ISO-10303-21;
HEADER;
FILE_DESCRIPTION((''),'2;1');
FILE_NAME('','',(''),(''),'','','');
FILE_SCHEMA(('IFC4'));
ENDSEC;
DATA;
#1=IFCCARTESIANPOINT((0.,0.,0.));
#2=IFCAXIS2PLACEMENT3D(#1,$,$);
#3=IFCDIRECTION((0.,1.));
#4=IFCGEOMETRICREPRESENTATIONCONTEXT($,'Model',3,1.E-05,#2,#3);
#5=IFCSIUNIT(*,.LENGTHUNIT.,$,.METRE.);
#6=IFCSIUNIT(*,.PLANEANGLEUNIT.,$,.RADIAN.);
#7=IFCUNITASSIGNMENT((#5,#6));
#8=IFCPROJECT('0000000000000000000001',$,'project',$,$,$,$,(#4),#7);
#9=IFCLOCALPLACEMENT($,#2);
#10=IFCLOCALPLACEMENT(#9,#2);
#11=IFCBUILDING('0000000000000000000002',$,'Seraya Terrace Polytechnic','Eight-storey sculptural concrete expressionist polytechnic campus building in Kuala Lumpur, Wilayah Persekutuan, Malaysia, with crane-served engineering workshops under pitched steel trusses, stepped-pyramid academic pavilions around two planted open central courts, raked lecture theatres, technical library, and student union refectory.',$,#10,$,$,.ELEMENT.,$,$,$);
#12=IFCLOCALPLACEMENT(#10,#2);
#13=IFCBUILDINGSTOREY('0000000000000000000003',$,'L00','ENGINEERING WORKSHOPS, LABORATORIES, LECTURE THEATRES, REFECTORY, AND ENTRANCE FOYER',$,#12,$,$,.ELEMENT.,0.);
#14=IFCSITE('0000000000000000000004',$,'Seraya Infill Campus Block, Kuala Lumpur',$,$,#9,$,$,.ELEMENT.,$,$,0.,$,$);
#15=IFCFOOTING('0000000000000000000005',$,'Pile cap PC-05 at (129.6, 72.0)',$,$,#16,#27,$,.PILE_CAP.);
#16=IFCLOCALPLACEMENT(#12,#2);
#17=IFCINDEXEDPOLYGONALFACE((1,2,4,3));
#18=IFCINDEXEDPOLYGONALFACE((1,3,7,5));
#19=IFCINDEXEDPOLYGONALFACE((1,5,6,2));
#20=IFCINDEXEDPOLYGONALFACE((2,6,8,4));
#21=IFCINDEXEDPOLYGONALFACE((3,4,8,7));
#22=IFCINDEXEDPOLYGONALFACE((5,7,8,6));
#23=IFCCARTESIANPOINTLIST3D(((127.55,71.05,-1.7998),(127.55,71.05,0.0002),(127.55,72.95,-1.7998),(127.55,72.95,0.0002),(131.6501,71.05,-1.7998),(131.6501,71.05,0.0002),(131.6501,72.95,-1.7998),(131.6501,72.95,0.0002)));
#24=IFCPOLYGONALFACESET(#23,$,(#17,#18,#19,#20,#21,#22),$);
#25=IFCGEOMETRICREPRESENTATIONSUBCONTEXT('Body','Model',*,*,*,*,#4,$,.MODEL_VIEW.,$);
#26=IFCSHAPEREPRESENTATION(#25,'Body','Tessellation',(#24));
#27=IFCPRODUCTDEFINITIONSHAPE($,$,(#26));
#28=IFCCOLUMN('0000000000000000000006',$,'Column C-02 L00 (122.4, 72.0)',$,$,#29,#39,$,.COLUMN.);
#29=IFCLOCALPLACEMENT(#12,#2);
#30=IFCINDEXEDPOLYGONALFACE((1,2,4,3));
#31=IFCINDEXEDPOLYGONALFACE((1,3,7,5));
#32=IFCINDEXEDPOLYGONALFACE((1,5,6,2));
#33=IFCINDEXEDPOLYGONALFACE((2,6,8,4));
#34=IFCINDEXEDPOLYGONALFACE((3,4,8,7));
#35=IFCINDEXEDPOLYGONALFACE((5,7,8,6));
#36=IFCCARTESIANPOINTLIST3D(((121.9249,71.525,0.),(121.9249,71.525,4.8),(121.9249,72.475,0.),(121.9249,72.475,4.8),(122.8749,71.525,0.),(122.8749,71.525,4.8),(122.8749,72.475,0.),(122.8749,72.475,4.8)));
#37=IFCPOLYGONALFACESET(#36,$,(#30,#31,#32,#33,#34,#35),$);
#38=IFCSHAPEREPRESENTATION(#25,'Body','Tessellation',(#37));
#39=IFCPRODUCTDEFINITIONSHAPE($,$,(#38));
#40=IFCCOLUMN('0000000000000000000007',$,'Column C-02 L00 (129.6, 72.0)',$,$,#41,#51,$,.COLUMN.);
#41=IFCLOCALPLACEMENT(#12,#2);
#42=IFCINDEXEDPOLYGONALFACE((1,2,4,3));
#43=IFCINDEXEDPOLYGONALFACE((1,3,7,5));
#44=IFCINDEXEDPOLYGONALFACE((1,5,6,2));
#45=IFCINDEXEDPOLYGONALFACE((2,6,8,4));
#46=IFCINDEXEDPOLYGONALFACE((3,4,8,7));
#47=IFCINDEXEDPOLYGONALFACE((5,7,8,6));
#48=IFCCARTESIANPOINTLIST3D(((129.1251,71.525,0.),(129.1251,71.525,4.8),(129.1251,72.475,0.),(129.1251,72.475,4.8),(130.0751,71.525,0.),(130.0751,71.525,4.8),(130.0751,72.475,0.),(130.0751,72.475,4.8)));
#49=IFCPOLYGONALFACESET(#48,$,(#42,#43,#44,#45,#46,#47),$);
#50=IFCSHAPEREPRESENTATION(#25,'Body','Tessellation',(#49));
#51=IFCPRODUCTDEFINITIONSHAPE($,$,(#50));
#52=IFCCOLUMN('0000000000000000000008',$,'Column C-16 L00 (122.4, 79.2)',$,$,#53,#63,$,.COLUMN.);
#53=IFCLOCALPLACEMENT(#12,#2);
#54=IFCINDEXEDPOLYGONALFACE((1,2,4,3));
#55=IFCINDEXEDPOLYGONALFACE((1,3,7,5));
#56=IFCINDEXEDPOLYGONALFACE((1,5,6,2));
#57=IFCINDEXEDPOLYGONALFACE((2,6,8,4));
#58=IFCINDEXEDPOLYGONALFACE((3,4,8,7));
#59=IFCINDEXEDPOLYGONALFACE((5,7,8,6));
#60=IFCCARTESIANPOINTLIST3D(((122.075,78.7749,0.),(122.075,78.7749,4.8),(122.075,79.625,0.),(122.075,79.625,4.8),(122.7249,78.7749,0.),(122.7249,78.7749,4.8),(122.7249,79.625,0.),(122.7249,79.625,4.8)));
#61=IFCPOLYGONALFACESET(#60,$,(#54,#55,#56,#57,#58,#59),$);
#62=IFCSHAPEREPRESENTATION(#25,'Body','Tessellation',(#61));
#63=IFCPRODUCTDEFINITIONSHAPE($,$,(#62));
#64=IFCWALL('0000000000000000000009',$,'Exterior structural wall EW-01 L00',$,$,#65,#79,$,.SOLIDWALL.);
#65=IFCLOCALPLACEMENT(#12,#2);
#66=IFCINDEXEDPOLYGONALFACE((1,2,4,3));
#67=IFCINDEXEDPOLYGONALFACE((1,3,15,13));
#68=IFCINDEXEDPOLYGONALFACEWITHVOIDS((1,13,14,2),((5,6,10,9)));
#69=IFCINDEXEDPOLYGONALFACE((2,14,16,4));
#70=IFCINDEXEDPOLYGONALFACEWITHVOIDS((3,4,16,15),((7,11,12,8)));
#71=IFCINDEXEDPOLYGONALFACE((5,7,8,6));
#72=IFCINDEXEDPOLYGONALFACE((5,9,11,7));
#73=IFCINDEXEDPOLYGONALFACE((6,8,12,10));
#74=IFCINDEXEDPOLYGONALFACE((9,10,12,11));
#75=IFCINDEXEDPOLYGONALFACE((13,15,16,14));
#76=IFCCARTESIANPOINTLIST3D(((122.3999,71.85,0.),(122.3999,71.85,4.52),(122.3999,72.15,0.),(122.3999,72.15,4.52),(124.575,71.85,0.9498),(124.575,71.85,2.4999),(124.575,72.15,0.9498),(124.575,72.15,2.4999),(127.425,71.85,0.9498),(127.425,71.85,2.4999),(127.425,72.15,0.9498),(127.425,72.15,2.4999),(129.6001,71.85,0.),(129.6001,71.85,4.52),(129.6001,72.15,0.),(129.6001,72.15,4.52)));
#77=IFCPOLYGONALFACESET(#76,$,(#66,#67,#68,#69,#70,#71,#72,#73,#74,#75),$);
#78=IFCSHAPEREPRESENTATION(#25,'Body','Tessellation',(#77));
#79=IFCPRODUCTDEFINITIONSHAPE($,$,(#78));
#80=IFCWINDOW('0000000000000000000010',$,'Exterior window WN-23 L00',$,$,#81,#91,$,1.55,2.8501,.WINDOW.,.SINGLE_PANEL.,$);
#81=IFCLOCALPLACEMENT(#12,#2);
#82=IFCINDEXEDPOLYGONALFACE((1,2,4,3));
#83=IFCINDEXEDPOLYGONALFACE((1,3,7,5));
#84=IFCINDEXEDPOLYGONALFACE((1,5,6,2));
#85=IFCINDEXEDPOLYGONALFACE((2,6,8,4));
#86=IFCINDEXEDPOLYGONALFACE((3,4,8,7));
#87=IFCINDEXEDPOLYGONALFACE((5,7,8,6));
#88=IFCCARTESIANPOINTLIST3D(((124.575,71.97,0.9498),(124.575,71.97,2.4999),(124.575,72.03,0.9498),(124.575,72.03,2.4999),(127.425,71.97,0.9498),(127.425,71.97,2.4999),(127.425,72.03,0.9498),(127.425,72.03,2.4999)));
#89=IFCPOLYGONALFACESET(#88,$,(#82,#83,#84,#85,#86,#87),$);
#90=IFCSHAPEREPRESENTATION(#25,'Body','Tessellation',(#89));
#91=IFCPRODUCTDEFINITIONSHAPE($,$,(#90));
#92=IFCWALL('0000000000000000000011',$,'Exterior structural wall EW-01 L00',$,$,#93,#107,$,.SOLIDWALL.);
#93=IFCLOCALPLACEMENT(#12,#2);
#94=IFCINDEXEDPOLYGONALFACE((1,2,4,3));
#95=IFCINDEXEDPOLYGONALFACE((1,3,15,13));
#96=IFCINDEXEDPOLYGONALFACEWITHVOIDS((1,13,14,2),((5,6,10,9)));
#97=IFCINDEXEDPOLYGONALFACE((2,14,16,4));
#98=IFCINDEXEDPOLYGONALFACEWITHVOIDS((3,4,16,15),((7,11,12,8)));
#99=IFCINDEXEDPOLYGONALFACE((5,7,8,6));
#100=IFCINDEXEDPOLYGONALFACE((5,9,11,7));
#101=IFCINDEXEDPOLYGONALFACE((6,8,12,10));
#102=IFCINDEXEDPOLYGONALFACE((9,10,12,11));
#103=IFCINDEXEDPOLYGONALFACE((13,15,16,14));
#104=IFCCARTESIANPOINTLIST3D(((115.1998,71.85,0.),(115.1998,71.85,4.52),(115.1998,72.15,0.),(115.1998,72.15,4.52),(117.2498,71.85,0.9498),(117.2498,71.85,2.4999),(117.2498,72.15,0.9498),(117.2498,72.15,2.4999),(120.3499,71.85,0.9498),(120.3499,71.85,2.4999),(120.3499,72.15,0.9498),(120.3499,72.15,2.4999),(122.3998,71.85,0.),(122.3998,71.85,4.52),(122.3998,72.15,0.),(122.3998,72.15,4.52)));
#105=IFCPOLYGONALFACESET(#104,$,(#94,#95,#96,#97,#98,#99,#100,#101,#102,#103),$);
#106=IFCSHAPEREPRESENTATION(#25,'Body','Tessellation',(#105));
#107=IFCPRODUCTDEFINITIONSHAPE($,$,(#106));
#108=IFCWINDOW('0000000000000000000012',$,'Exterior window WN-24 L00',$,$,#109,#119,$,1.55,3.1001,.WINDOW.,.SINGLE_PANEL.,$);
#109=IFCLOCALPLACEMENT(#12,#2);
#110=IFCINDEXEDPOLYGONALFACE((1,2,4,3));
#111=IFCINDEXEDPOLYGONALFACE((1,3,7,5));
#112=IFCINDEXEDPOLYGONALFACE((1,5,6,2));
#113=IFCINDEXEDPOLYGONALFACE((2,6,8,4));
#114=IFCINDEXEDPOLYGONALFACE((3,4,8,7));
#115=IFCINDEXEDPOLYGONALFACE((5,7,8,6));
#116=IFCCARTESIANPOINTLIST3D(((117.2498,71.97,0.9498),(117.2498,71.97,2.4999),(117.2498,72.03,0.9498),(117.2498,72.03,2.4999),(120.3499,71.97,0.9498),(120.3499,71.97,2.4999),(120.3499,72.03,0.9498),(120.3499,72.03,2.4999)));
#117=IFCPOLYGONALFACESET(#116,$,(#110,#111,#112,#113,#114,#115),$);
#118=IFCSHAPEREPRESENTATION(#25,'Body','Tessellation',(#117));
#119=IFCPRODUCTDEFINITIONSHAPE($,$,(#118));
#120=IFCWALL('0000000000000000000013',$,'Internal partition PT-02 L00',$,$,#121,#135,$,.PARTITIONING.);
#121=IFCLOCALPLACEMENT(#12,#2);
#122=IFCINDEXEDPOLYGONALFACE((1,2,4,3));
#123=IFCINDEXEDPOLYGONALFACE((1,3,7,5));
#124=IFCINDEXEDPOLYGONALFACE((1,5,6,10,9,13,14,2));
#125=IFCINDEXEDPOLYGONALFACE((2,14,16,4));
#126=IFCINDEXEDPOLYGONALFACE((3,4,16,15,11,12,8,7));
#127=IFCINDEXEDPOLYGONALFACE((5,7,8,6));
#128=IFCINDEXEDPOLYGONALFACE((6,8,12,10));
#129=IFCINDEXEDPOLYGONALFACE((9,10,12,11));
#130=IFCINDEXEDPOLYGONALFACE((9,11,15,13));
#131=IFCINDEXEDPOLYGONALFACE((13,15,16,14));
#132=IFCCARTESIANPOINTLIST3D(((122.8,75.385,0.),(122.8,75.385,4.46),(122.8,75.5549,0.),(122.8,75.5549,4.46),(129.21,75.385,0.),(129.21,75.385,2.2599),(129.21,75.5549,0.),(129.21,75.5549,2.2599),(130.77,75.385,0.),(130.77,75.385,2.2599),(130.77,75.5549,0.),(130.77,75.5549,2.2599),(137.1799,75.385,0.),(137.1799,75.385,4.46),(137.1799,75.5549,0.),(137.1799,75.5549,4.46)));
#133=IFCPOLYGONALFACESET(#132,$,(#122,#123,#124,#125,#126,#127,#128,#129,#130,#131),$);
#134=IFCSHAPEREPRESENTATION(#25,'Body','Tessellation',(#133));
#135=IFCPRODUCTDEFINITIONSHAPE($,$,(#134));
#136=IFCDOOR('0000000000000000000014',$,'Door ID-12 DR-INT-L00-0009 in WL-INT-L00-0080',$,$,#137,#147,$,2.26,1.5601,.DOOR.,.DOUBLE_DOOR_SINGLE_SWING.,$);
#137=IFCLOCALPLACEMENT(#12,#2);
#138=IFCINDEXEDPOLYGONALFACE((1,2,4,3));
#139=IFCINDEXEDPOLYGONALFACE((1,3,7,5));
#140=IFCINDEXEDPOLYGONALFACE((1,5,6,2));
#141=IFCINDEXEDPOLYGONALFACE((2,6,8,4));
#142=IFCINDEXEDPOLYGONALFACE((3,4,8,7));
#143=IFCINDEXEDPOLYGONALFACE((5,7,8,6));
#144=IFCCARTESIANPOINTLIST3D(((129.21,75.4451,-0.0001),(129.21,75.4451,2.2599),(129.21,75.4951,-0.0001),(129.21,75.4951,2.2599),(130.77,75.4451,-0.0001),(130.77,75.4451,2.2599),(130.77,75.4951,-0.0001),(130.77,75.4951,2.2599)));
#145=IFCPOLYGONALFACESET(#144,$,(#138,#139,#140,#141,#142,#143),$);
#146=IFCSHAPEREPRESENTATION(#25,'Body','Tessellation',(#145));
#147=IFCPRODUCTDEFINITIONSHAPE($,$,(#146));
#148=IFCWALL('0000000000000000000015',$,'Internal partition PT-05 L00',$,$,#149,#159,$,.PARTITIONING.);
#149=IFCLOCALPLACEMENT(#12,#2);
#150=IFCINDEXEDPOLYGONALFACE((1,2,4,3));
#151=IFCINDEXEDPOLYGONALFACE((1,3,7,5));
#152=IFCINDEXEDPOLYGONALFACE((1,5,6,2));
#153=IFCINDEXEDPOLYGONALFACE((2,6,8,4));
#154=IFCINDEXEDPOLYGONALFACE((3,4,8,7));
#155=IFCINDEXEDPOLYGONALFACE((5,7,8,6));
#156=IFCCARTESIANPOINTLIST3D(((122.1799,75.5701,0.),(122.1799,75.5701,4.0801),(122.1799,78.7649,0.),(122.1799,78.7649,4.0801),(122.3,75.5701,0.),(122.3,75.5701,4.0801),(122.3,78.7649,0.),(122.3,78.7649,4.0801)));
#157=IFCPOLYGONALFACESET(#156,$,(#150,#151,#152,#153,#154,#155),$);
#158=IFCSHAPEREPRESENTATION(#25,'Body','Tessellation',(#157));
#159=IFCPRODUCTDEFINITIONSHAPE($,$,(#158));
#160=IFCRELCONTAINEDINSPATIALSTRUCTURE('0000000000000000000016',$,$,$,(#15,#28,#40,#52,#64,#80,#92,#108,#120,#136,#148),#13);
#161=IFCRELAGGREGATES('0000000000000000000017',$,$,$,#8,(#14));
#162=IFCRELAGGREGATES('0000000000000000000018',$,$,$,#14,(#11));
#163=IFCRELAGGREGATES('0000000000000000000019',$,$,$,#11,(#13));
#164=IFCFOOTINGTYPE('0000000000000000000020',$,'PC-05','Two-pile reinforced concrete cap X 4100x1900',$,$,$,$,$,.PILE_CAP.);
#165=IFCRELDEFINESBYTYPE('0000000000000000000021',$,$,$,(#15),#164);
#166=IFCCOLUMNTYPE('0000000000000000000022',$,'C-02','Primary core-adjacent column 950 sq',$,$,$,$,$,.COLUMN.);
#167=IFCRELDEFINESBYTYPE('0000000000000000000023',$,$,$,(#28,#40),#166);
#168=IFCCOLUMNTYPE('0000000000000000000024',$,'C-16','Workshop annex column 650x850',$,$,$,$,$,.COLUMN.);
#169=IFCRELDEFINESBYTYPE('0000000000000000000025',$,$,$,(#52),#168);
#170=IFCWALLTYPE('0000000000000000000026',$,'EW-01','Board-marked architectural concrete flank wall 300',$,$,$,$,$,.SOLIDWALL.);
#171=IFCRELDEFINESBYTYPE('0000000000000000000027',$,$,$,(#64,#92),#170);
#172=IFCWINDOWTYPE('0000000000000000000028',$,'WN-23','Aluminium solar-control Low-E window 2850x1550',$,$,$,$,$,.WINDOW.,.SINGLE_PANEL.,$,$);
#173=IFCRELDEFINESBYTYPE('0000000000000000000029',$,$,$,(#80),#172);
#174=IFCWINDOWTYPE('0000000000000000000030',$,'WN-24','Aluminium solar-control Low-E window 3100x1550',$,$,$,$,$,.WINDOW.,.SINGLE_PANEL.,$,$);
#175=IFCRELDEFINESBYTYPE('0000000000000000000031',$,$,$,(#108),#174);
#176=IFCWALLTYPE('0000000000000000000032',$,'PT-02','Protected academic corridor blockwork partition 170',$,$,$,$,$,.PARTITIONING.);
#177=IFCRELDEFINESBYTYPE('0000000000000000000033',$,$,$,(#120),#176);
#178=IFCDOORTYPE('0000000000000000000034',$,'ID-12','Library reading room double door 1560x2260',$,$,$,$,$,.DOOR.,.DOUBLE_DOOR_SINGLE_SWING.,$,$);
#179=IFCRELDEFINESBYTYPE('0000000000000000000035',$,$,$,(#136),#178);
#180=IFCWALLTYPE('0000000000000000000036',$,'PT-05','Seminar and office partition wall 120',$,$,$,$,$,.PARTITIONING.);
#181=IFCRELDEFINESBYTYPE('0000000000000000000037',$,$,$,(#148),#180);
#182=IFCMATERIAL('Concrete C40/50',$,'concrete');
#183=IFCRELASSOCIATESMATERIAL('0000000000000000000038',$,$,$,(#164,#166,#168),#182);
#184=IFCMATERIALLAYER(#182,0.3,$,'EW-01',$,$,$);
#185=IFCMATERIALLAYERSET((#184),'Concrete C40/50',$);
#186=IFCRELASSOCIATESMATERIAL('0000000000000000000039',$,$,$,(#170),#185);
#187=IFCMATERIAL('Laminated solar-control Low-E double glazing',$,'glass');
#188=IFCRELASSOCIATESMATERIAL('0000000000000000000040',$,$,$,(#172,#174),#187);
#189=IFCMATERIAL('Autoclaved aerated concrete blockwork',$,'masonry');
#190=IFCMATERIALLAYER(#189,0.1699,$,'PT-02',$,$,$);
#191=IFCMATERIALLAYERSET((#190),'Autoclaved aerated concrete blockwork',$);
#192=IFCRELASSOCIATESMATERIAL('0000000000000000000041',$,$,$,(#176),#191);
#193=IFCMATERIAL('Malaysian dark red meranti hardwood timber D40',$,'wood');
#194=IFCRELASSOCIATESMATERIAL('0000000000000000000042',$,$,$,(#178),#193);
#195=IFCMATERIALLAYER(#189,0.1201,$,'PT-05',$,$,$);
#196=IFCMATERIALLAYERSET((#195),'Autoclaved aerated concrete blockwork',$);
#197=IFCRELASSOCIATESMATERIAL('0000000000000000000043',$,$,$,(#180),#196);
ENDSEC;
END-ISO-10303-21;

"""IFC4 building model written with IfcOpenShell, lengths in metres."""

from ifc_helpers import new_model, si_unit, direction, frame, frame_2d, origin, origin_2d, place, context, subcontext, project, spatial, rectangle, extrude, material, layer, layer_set, material_profile, profile_set, type_object, element, fill, save


model = new_model("IFC4")

# Units and contexts
model_context = context("Model", 3, precision=1e-05, world=origin(), true_north=direction((0.0, 1.0)))
body_context = subcontext(model_context, "Body", "Model", "MODEL_VIEW")
ifc_project = project(units=[si_unit("LENGTHUNIT", "METRE"), si_unit("PLANEANGLEUNIT", "RADIAN")], contexts=[model_context])

# Site, building, storey
site_placement = place(None, origin())
site = spatial("IfcSite", under=ifc_project, at=site_placement, Name="Seraya Infill Campus Block, Kuala Lumpur", CompositionType="ELEMENT", RefElevation=0.0)
building_placement = place(site_placement, origin())
building = spatial("IfcBuilding", under=site, at=building_placement, Name="Seraya Terrace Polytechnic", Description="Eight-storey sculptural concrete expressionist polytechnic campus building in Kuala Lumpur, Wilayah Persekutuan, Malaysia, with crane-served engineering workshops under pitched steel trusses, stepped-pyramid academic pavilions around two planted open central courts, raked lecture theatres, technical library, and student union refectory.", CompositionType="ELEMENT")
storey_placement = place(building_placement, origin())
storey = spatial("IfcBuildingStorey", under=building, at=storey_placement, Name="L00", Description="ENGINEERING WORKSHOPS, LABORATORIES, LECTURE THEATRES, REFECTORY, AND ENTRANCE FOYER", CompositionType="ELEMENT", Elevation=0.0)

# Shared definitions
ifc_material_1 = material(Name="Concrete C40/50", Category="concrete")

# Footing
footing_type_1 = type_object("IfcFootingType", Name="PC-05", Description="Two-pile reinforced concrete cap X 4100x1900", PredefinedType="PILE_CAP", material=ifc_material_1)
for number, where, z_axis, x_axis, name in (
    (1, (129.6001, 72.0, -1.7998), (0.0, 0.0, 1.0), (1.0, 0.0, 0.0), "Pile cap PC-05 at (129.6, 72.0)"),
):
    element("IfcFooting", number, at=place(storey_placement, frame(where, z_axis=z_axis, x_axis=x_axis)), inside=storey, type_object=footing_type_1, Name=name, PredefinedType="PILE_CAP", context=body_context, shape_type="SweptSolid", body=[
        extrude(rectangle(XDim=4.1001, YDim=1.8999, at=origin_2d()), origin(), (0.0, 0.0, 1.0), 1.8),
    ])

# Columns
ifc_material_profile_1 = material_profile(ifc_material_1, rectangle(XDim=0.95, YDim=0.95, at=origin_2d()), Name="RC 950x950")
ifc_profile_set_1 = profile_set([ifc_material_profile_1], Name="Concrete C40/50")
column_type_1 = type_object("IfcColumnType", Name="C-02", Description="Primary core-adjacent column 950 sq", PredefinedType="COLUMN", material=ifc_profile_set_1)
for number, where, z_axis, x_axis, name in (
    (2, (122.3999, 72.0, 0.0), (0.0, 0.0, 1.0), (1.0, 0.0, 0.0), "Column C-02 L00 (122.4, 72.0)"),
    (3, (129.6001, 72.0, 0.0), (0.0, 0.0, 1.0), (1.0, 0.0, 0.0), "Column C-02 L00 (129.6, 72.0)"),
):
    element("IfcColumn", number, at=place(storey_placement, frame(where, z_axis=z_axis, x_axis=x_axis)), inside=storey, type_object=column_type_1, Name=name, PredefinedType="COLUMN", context=body_context, shape_type="SweptSolid", body=[
        extrude(rectangle(XDim=0.95, YDim=0.95, at=origin_2d()), origin(), (0.0, 0.0, 1.0), 4.8),
    ])
ifc_material_profile_2 = material_profile(ifc_material_1, rectangle(XDim=0.6499, YDim=0.8501, at=origin_2d()), Name="RC 650x850")
ifc_profile_set_2 = profile_set([ifc_material_profile_2], Name="Concrete C40/50")
column_type_2 = type_object("IfcColumnType", Name="C-16", Description="Workshop annex column 650x850", PredefinedType="COLUMN", material=ifc_profile_set_2)
column_placement = place(storey_placement, frame((122.3999, 79.2, 0.0), z_axis=(0.0, 0.0, 1.0), x_axis=(1.0, 0.0, 0.0)))
element("IfcColumn", 4, at=column_placement, inside=storey, type_object=column_type_2, Name="Column C-16 L00 (122.4, 79.2)", PredefinedType="COLUMN", context=body_context, shape_type="SweptSolid", body=[
    extrude(rectangle(XDim=0.6499, YDim=0.8501, at=origin_2d()), origin(), (0.0, 0.0, 1.0), 4.8),
])

# Walls, openings, windows
ifc_layer_1 = layer(ifc_material_1, 0.3, Name="EW-01")
ifc_layer_set_1 = layer_set([ifc_layer_1], Name="Concrete C40/50")
wall_type_1 = type_object("IfcWallType", Name="EW-01", Description="Board-marked architectural concrete flank wall 300", PredefinedType="SOLIDWALL", material=ifc_layer_set_1)
wall_1_placement = place(storey_placement, frame((129.6001, 72.0, 0.0), z_axis=(0.0, 0.0, 1.0), x_axis=(-1.0, 0.0, 0.0)))
wall_1 = element("IfcWall", 5, at=wall_1_placement, inside=storey, type_object=wall_type_1, Name="Exterior structural wall EW-01 L00", PredefinedType="SOLIDWALL", context=body_context, shape_type="SweptSolid", body=[
    extrude(rectangle(XDim=7.2002, YDim=0.3, at=frame_2d((3.6001, 0.0))), origin(), (0.0, 0.0, 1.0), 4.52),
])
opening_1_placement = place(wall_1_placement, frame((2.175, 0.0, 0.95)))
opening_1 = element("IfcOpeningElement", 6, at=opening_1_placement, cuts=wall_1, PredefinedType="OPENING", context=body_context, shape_type="SweptSolid", body=[
    extrude(rectangle(XDim=2.8501, YDim=1.55, at=frame_2d((1.425, 0.7749))), frame((0.0, 0.1621, 0.0), z_axis=(0.0, -1.0, 0.0), x_axis=(1.0, 0.0, 0.0)), (0.0, 0.0, 1.0), 0.324),
])
ifc_material_2 = material(Name="Laminated solar-control Low-E double glazing", Category="glass")
window_type_1 = type_object("IfcWindowType", Name="WN-23", Description="Aluminium solar-control Low-E window 2850x1550", PartitioningType="SINGLE_PANEL", PredefinedType="WINDOW", material=ifc_material_2)
window_1_placement = place(opening_1_placement, origin())
window_1 = element("IfcWindow", 7, at=window_1_placement, inside=storey, type_object=window_type_1, Name="Exterior window WN-23 L00", OverallHeight=1.55, OverallWidth=2.8501, PartitioningType="SINGLE_PANEL", PredefinedType="WINDOW", context=body_context, shape_type="SweptSolid", body=[
    extrude(rectangle(XDim=2.8501, YDim=1.55, at=frame_2d((1.425, 0.7749))), frame((0.0, 0.03, 0.0), z_axis=(0.0, -1.0, 0.0), x_axis=(1.0, 0.0, 0.0)), (0.0, 0.0, 1.0), 0.0601),
])
fill(opening_1, window_1)
wall_2_placement = place(storey_placement, frame((122.3999, 72.0, 0.0), z_axis=(0.0, 0.0, 1.0), x_axis=(-1.0, 0.0, 0.0)))
wall_2 = element("IfcWall", 8, at=wall_2_placement, inside=storey, type_object=wall_type_1, Name="Exterior structural wall EW-01 L00", PredefinedType="SOLIDWALL", context=body_context, shape_type="SweptSolid", body=[
    extrude(rectangle(XDim=7.2, YDim=0.3, at=frame_2d((3.6001, 0.0))), origin(), (0.0, 0.0, 1.0), 4.52),
])
opening_2_placement = place(wall_2_placement, frame((2.05, 0.0, 0.95)))
opening_2 = element("IfcOpeningElement", 9, at=opening_2_placement, cuts=wall_2, PredefinedType="OPENING", context=body_context, shape_type="SweptSolid", body=[
    extrude(rectangle(XDim=3.1001, YDim=1.55, at=frame_2d((1.55, 0.7749))), frame((0.0, 0.1621, 0.0), z_axis=(0.0, -1.0, 0.0), x_axis=(1.0, 0.0, 0.0)), (0.0, 0.0, 1.0), 0.324),
])
window_type_2 = type_object("IfcWindowType", Name="WN-24", Description="Aluminium solar-control Low-E window 3100x1550", PartitioningType="SINGLE_PANEL", PredefinedType="WINDOW", material=ifc_material_2)
window_2_placement = place(opening_2_placement, origin())
window_2 = element("IfcWindow", 10, at=window_2_placement, inside=storey, type_object=window_type_2, Name="Exterior window WN-24 L00", OverallHeight=1.55, OverallWidth=3.1001, PartitioningType="SINGLE_PANEL", PredefinedType="WINDOW", context=body_context, shape_type="SweptSolid", body=[
    extrude(rectangle(XDim=3.1001, YDim=1.55, at=frame_2d((1.55, 0.7749))), frame((0.0, 0.03, 0.0), z_axis=(0.0, -1.0, 0.0), x_axis=(1.0, 0.0, 0.0)), (0.0, 0.0, 1.0), 0.0601),
])
fill(opening_2, window_2)

# Wall, opening, door
ifc_material_3 = material(Name="Autoclaved aerated concrete blockwork", Category="masonry")
ifc_layer_2 = layer(ifc_material_3, 0.1699, Name="PT-02")
ifc_layer_set_2 = layer_set([ifc_layer_2], Name="Autoclaved aerated concrete blockwork")
wall_type_2 = type_object("IfcWallType", Name="PT-02", Description="Protected academic corridor blockwork partition 170", PredefinedType="PARTITIONING", material=ifc_layer_set_2)
wall_3_placement = place(storey_placement, frame((122.8, 75.47, 0.0), z_axis=(0.0, 0.0, 1.0), x_axis=(1.0, 0.0, 0.0)))
wall_3 = element("IfcWall", 11, at=wall_3_placement, inside=storey, type_object=wall_type_2, Name="Internal partition PT-02 L00", PredefinedType="PARTITIONING", context=body_context, shape_type="SweptSolid", body=[
    extrude(rectangle(XDim=14.3799, YDim=0.1699, at=frame_2d((7.1899, 0.0))), origin(), (0.0, 0.0, 1.0), 4.46),
])
opening_3_placement = place(wall_3_placement, frame((6.4099, 0.0, 0.0)))
opening_3 = element("IfcOpeningElement", 12, at=opening_3_placement, cuts=wall_3, PredefinedType="OPENING", context=body_context, shape_type="SweptSolid", body=[
    extrude(rectangle(XDim=1.5601, YDim=2.26, at=frame_2d((0.78, 1.1299))), frame((0.0, 0.0969, 0.0), z_axis=(0.0, -1.0, 0.0), x_axis=(1.0, 0.0, 0.0)), (0.0, 0.0, 1.0), 0.1938),
])
ifc_material_4 = material(Name="Malaysian dark red meranti hardwood timber D40", Category="wood")
door_type = type_object("IfcDoorType", Name="ID-12", Description="Library reading room double door 1560x2260", OperationType="DOUBLE_DOOR_SINGLE_SWING", PredefinedType="DOOR", material=ifc_material_4)
door_placement = place(opening_3_placement, frame((1.5601, 0.0, 0.0), z_axis=(0.0, 0.0, 1.0), x_axis=(-1.0, 0.0, 0.0)))
door = element("IfcDoor", 13, at=door_placement, inside=storey, type_object=door_type, Name="Door ID-12 DR-INT-L00-0009 in WL-INT-L00-0080", OperationType="DOUBLE_DOOR_SINGLE_SWING", OverallHeight=2.26, OverallWidth=1.5601, PredefinedType="DOOR", context=body_context, shape_type="SweptSolid", body=[
    extrude(rectangle(XDim=1.5601, YDim=2.26, at=frame_2d((0.78, 1.1299))), frame((0.0, 0.0249, 0.0), z_axis=(0.0, -1.0, 0.0), x_axis=(1.0, 0.0, 0.0)), (0.0, 0.0, 1.0), 0.05),
])
fill(opening_3, door)

# Wall
ifc_layer_3 = layer(ifc_material_3, 0.1201, Name="PT-05")
ifc_layer_set_3 = layer_set([ifc_layer_3], Name="Autoclaved aerated concrete blockwork")
wall_type_3 = type_object("IfcWallType", Name="PT-05", Description="Seminar and office partition wall 120", PredefinedType="PARTITIONING", material=ifc_layer_set_3)
wall_4_placement = place(storey_placement, frame((122.24, 75.5701, 0.0), z_axis=(0.0, 0.0, 1.0), x_axis=(0.0, 1.0, 0.0)))
element("IfcWall", 14, at=wall_4_placement, inside=storey, type_object=wall_type_3, Name="Internal partition PT-05 L00", PredefinedType="PARTITIONING", context=body_context, shape_type="SweptSolid", body=[
    extrude(rectangle(XDim=3.1948, YDim=0.1201, at=frame_2d((1.5974, 0.0))), origin(), (0.0, 0.0, 1.0), 4.0801),
])

save(model, "model.ifc")
